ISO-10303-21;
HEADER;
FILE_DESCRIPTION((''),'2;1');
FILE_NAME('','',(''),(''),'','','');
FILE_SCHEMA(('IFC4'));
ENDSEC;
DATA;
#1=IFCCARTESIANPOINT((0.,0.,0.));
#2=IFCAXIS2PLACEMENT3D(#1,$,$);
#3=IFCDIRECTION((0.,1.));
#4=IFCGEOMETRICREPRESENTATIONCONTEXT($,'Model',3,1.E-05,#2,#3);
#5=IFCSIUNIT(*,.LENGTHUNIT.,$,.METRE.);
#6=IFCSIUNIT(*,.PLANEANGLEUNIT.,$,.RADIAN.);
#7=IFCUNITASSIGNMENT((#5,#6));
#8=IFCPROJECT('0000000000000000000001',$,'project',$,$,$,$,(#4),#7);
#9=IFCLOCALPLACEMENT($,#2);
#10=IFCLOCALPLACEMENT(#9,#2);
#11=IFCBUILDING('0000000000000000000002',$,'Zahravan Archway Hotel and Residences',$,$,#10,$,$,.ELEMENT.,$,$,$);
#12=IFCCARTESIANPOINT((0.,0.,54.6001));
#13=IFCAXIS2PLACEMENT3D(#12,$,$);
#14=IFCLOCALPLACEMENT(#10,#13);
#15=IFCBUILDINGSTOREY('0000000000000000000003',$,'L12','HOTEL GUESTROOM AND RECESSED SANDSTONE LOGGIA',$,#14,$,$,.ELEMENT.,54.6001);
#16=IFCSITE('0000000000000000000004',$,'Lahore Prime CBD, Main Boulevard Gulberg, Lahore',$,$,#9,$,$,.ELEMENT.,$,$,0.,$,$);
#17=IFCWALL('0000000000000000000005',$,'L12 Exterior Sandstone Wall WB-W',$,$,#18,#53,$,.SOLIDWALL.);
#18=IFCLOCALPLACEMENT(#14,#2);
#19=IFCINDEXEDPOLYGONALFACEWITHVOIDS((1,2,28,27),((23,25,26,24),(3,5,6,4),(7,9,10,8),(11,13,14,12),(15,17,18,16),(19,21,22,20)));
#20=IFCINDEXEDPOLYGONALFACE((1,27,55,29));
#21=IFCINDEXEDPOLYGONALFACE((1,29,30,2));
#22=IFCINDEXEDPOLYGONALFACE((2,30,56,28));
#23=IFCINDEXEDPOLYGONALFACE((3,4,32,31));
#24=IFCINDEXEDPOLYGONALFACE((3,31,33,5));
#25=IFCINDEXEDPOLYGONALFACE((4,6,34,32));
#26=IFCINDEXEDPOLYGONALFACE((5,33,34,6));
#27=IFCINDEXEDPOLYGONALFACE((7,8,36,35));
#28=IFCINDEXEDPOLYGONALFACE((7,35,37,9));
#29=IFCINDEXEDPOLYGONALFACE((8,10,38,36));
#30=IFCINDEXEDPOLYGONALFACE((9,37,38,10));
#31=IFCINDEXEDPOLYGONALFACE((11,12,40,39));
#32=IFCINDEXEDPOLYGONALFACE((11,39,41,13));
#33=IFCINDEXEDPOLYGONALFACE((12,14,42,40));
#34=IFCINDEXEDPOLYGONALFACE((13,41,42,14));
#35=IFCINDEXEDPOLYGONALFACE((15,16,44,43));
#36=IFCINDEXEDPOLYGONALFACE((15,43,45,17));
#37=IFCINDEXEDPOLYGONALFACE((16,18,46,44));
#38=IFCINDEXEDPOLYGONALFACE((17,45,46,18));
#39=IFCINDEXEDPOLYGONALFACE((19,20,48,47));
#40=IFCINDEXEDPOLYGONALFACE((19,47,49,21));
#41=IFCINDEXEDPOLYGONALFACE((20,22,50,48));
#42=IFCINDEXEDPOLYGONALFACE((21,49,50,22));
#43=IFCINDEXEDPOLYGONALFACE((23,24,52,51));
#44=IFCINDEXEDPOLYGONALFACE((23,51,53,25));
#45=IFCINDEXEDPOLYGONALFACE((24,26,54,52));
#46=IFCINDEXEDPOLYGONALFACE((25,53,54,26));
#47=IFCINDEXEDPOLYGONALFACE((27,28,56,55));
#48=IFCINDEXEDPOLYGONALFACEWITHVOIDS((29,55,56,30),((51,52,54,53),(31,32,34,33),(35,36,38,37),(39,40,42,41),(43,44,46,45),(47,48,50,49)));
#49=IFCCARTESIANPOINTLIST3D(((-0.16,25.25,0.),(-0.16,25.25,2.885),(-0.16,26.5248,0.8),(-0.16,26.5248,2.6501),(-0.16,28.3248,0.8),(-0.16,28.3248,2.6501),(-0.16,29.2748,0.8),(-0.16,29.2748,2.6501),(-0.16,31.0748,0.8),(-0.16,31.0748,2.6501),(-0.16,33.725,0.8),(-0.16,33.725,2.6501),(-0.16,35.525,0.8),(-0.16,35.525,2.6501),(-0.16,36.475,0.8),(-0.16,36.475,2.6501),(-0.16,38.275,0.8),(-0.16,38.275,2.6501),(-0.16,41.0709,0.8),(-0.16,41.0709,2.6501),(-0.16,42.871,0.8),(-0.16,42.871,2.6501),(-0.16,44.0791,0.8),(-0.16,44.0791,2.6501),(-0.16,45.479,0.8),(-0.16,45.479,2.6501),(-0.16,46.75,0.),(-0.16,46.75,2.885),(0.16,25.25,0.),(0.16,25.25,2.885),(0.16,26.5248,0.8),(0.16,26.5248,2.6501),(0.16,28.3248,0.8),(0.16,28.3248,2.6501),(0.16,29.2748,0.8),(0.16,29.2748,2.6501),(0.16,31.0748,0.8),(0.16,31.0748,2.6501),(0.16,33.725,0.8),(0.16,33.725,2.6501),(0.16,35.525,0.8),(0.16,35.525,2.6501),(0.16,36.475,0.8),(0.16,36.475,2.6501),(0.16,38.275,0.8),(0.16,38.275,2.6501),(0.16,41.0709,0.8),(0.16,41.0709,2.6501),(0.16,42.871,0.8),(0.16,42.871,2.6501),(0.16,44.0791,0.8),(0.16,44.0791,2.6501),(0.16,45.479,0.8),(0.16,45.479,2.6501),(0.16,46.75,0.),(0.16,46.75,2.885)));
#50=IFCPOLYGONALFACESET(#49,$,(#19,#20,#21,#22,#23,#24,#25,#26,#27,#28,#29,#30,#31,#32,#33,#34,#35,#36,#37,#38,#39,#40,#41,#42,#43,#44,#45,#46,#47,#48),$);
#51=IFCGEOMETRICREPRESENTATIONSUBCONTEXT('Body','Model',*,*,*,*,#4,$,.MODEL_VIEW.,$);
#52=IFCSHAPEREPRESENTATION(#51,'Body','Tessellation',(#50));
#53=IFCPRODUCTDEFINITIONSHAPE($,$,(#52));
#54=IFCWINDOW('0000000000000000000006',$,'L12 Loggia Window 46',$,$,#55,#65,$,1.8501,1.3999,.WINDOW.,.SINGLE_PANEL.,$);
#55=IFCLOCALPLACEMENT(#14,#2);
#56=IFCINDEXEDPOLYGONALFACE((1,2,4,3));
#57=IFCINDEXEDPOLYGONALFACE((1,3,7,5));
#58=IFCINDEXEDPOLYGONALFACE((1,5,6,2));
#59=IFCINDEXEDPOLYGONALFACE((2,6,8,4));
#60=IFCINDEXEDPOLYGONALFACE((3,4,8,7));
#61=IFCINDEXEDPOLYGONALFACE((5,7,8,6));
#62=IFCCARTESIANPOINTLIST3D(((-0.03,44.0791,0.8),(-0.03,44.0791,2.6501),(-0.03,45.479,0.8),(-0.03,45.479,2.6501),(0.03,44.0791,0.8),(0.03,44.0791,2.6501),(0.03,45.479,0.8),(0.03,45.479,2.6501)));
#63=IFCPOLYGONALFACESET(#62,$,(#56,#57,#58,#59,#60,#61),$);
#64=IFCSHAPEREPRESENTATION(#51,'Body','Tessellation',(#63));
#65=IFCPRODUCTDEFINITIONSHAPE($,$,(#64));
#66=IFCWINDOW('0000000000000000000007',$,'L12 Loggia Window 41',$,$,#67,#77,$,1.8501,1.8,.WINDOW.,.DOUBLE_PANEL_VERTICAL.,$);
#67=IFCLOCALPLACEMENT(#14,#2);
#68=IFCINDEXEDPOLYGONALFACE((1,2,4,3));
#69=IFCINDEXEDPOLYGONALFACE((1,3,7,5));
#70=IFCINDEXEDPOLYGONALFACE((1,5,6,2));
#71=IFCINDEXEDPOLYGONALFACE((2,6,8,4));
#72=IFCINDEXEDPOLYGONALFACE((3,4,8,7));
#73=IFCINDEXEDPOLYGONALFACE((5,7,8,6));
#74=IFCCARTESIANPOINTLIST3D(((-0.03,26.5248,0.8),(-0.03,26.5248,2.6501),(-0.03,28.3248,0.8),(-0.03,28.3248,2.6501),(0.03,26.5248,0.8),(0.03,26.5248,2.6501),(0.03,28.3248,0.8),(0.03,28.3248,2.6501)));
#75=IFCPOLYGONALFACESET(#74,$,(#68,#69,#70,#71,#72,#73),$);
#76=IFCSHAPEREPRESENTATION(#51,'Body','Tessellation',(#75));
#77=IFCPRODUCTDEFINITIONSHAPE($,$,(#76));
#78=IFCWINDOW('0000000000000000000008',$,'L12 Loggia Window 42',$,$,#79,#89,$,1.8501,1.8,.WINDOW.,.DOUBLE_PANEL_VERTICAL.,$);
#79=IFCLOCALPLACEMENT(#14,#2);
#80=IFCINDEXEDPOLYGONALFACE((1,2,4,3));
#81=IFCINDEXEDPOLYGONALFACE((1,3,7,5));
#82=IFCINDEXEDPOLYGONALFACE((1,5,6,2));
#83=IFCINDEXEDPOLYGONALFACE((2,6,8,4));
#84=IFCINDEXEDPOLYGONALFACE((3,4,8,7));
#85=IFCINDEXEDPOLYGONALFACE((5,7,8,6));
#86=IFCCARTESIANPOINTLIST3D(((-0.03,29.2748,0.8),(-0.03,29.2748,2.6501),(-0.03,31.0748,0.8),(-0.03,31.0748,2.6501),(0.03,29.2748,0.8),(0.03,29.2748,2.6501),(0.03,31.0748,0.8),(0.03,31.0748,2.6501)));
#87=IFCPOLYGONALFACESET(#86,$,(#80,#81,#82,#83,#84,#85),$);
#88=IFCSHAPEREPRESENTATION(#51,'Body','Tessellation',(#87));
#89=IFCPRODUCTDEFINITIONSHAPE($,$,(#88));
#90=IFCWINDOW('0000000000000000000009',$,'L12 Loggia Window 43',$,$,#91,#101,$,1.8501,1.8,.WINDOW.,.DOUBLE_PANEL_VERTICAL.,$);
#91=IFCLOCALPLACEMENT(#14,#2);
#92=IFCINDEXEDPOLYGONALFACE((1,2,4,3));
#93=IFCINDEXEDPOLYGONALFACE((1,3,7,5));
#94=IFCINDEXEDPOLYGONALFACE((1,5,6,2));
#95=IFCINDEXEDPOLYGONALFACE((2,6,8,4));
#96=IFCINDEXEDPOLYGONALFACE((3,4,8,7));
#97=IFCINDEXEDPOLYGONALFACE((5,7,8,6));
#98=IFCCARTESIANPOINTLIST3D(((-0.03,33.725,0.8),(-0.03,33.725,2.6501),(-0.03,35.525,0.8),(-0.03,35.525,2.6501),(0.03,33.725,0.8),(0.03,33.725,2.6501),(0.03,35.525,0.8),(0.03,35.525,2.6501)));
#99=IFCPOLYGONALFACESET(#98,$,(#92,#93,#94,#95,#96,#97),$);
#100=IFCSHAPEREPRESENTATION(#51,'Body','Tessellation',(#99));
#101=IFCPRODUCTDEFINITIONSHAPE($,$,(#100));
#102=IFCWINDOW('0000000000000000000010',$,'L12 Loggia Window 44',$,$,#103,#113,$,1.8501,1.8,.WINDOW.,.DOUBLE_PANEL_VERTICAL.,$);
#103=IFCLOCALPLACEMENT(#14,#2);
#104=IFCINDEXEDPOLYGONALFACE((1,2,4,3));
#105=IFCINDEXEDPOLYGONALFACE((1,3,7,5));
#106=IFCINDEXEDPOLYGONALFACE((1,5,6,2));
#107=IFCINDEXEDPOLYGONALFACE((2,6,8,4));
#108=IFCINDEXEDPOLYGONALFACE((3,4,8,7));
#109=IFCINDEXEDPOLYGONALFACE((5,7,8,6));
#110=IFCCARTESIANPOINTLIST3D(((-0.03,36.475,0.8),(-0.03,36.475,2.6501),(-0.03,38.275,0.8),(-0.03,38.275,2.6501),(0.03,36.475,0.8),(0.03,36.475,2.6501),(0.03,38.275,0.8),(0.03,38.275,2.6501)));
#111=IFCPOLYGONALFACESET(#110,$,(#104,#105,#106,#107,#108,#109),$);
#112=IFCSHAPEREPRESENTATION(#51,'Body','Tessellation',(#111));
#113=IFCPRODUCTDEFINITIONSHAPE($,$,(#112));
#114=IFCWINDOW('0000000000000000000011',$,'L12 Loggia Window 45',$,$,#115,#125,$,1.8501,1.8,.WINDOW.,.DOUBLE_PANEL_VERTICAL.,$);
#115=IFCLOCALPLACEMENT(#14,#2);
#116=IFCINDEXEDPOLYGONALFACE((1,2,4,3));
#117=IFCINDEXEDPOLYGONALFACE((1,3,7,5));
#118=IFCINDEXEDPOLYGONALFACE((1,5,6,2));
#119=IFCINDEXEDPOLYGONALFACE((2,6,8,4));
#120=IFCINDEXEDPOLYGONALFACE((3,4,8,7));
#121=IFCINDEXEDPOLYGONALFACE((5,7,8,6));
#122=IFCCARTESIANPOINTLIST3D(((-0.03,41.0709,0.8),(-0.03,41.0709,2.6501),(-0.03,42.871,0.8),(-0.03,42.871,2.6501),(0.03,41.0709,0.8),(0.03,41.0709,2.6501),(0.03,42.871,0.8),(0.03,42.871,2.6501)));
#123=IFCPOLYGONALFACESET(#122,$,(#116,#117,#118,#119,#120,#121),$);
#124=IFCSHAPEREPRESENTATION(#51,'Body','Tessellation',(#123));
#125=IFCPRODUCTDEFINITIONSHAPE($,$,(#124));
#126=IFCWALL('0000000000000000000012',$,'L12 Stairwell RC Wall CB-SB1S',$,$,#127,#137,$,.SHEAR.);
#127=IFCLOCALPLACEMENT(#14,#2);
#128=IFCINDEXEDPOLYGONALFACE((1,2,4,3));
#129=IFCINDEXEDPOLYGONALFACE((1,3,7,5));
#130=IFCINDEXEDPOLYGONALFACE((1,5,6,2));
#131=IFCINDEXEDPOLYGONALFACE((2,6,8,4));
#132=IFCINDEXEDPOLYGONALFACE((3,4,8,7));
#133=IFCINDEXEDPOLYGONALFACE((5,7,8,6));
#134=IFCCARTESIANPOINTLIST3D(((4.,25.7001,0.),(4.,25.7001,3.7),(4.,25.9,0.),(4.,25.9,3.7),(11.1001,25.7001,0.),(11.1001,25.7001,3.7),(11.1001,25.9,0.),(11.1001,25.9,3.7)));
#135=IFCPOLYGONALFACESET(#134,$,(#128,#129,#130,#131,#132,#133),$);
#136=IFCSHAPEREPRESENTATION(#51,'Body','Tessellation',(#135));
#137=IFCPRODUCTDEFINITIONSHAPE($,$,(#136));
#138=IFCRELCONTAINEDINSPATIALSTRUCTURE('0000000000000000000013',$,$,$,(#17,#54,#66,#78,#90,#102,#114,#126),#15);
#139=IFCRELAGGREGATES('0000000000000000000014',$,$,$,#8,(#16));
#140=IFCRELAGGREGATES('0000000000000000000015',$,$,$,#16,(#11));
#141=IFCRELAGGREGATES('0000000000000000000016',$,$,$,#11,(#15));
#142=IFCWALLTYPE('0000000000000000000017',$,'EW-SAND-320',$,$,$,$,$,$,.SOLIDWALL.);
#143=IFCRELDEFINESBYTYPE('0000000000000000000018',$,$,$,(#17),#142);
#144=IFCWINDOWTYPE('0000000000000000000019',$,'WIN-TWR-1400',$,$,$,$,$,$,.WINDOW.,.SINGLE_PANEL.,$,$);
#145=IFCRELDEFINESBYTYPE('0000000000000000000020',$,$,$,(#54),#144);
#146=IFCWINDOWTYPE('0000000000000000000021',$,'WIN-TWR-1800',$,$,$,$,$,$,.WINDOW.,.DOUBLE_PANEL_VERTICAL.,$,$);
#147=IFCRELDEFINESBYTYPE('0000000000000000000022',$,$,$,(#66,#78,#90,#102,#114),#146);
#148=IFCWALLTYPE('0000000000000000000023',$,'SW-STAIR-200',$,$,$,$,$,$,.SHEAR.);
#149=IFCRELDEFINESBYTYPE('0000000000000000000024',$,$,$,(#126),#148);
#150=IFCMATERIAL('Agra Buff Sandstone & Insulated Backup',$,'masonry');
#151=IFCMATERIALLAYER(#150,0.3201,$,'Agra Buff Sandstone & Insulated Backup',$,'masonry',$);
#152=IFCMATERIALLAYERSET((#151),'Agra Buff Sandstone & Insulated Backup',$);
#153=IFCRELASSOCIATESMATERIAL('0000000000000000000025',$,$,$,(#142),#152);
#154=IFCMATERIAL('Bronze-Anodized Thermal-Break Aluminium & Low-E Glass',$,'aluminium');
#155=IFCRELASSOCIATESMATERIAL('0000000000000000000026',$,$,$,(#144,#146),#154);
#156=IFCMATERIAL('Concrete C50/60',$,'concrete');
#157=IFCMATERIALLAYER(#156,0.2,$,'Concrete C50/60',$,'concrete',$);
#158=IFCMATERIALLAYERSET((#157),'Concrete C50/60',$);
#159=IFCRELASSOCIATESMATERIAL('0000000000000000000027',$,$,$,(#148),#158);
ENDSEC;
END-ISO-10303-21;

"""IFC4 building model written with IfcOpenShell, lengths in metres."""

from ifc_helpers import new_model, si_unit, direction, frame, frame_2d, origin, place, context, subcontext, project, spatial, rectangle, extrude, source, transform, mapped, material, layer, layer_set, type_object, type_shapes, element, fill, save


model = new_model("IFC4")

# Units and contexts
model_context = context("Model", 3, precision=1e-05, world=origin(), true_north=direction((0.0, 1.0)))
body_context = subcontext(model_context, "Body", "Model", "MODEL_VIEW")
ifc_project = project(units=[si_unit("LENGTHUNIT", "METRE"), si_unit("PLANEANGLEUNIT", "RADIAN")], contexts=[model_context])

# Site, building, storey
site_placement = place(None, origin())
site = spatial("IfcSite", under=ifc_project, at=site_placement, Name="Lahore Prime CBD, Main Boulevard Gulberg, Lahore", CompositionType="ELEMENT", RefElevation=0.0)
building_placement = place(site_placement, origin())
building = spatial("IfcBuilding", under=site, at=building_placement, Name="Zahravan Archway Hotel and Residences", CompositionType="ELEMENT")
storey_placement = place(building_placement, frame((0.0, 0.0, 54.6001)))
storey = spatial("IfcBuildingStorey", under=building, at=storey_placement, Name="L12", Description="HOTEL GUESTROOM AND RECESSED SANDSTONE LOGGIA", CompositionType="ELEMENT", Elevation=54.6001)

# Shared definitions
ifc_material_1 = material(Name="Agra Buff Sandstone & Insulated Backup", Category="masonry")
ifc_layer_1 = layer(ifc_material_1, 0.3201, Name="Agra Buff Sandstone & Insulated Backup", Category="masonry")
ifc_layer_set_1 = layer_set([ifc_layer_1], Name="Agra Buff Sandstone & Insulated Backup")
wall_type_1 = type_object("IfcWallType", Name="EW-SAND-320", PredefinedType="SOLIDWALL", material=ifc_layer_set_1)

# Wall, openings, windows
wall_1_placement = place(storey_placement, frame((0.0, 25.25, 0.0), z_axis=(0.0, 0.0, 1.0), x_axis=(0.0, 1.0, 0.0)))
wall_1 = element("IfcWall", 1, at=wall_1_placement, inside=storey, type_object=wall_type_1, Name="L12 Exterior Sandstone Wall WB-W", PredefinedType="SOLIDWALL", context=body_context, shape_type="SweptSolid", body=[
    extrude(rectangle(XDim=21.5, YDim=0.3201, at=frame_2d((10.75, 0.0))), origin(), (0.0, 0.0, 1.0), 2.885),
])
opening_1_placement = place(wall_1_placement, frame((1.2749, 0.0, 0.8)))
opening_1 = element("IfcOpeningElement", 2, at=opening_1_placement, cuts=wall_1, PredefinedType="OPENING", context=body_context, shape_type="SweptSolid", body=[
    extrude(rectangle(XDim=1.8, YDim=1.8501, at=frame_2d((0.8999, 0.925))), frame((0.0, 0.1699, 0.0), z_axis=(0.0, -1.0, 0.0), x_axis=(1.0, 0.0, 0.0)), (0.0, 0.0, 1.0), 0.3401),
])
opening_2_placement = place(wall_1_placement, frame((4.0249, 0.0, 0.8)))
opening_2 = element("IfcOpeningElement", 3, at=opening_2_placement, cuts=wall_1, PredefinedType="OPENING", context=body_context, shape_type="SweptSolid", body=[
    extrude(rectangle(XDim=1.8, YDim=1.8501, at=frame_2d((0.8999, 0.925))), frame((0.0, 0.1699, 0.0), z_axis=(0.0, -1.0, 0.0), x_axis=(1.0, 0.0, 0.0)), (0.0, 0.0, 1.0), 0.3401),
])
opening_3_placement = place(wall_1_placement, frame((8.4751, 0.0, 0.8)))
opening_3 = element("IfcOpeningElement", 4, at=opening_3_placement, cuts=wall_1, PredefinedType="OPENING", context=body_context, shape_type="SweptSolid", body=[
    extrude(rectangle(XDim=1.8, YDim=1.8501, at=frame_2d((0.8999, 0.925))), frame((0.0, 0.1699, 0.0), z_axis=(0.0, -1.0, 0.0), x_axis=(1.0, 0.0, 0.0)), (0.0, 0.0, 1.0), 0.3401),
])
opening_4_placement = place(wall_1_placement, frame((11.2251, 0.0, 0.8)))
opening_4 = element("IfcOpeningElement", 5, at=opening_4_placement, cuts=wall_1, PredefinedType="OPENING", context=body_context, shape_type="SweptSolid", body=[
    extrude(rectangle(XDim=1.8, YDim=1.8501, at=frame_2d((0.8999, 0.925))), frame((0.0, 0.1699, 0.0), z_axis=(0.0, -1.0, 0.0), x_axis=(1.0, 0.0, 0.0)), (0.0, 0.0, 1.0), 0.3401),
])
opening_5_placement = place(wall_1_placement, frame((15.821, 0.0, 0.8)))
opening_5 = element("IfcOpeningElement", 6, at=opening_5_placement, cuts=wall_1, PredefinedType="OPENING", context=body_context, shape_type="SweptSolid", body=[
    extrude(rectangle(XDim=1.8, YDim=1.8501, at=frame_2d((0.8999, 0.925))), frame((0.0, 0.1699, 0.0), z_axis=(0.0, -1.0, 0.0), x_axis=(1.0, 0.0, 0.0)), (0.0, 0.0, 1.0), 0.3401),
])
opening_6_placement = place(wall_1_placement, frame((18.8291, 0.0, 0.8)))
opening_6 = element("IfcOpeningElement", 7, at=opening_6_placement, cuts=wall_1, PredefinedType="OPENING", context=body_context, shape_type="SweptSolid", body=[
    extrude(rectangle(XDim=1.3999, YDim=1.8501, at=frame_2d((0.7, 0.925))), frame((0.0, 0.1699, 0.0), z_axis=(0.0, -1.0, 0.0), x_axis=(1.0, 0.0, 0.0)), (0.0, 0.0, 1.0), 0.3401),
])
ifc_material_2 = material(Name="Bronze-Anodized Thermal-Break Aluminium & Low-E Glass", Category="aluminium")
window_type_1 = type_object("IfcWindowType", Name="WIN-TWR-1400", PartitioningType="SINGLE_PANEL", PredefinedType="WINDOW", material=ifc_material_2)
shared_shape_1 = source(origin(), body_context, "Body", "SweptSolid", [
    extrude(rectangle(XDim=1.3999, YDim=1.8501, at=frame_2d((0.7, 0.925))), frame((0.0, 0.03, 0.0), z_axis=(0.0, -1.0, 0.0), x_axis=(1.0, 0.0, 0.0)), (0.0, 0.0, 1.0), 0.0601),
])
type_shapes(window_type_1, [shared_shape_1])
window_1_placement = place(opening_6_placement, origin())
window_1 = element("IfcWindow", 8, at=window_1_placement, inside=storey, type_object=window_type_1, Name="L12 Loggia Window 46", OverallHeight=1.8501, OverallWidth=1.3999, PartitioningType="SINGLE_PANEL", PredefinedType="WINDOW", context=body_context, shape_type="MappedRepresentation", body=[
    mapped(shared_shape_1, transform((0.0, 0.0, 0.0), scale=1.0)),
])
fill(opening_6, window_1)
window_type_2 = type_object("IfcWindowType", Name="WIN-TWR-1800", PartitioningType="DOUBLE_PANEL_VERTICAL", PredefinedType="WINDOW", material=ifc_material_2)
shared_shape_2 = source(origin(), body_context, "Body", "SweptSolid", [
    extrude(rectangle(XDim=1.8, YDim=1.8501, at=frame_2d((0.8999, 0.925))), frame((0.0, 0.03, 0.0), z_axis=(0.0, -1.0, 0.0), x_axis=(1.0, 0.0, 0.0)), (0.0, 0.0, 1.0), 0.0601),
])
type_shapes(window_type_2, [shared_shape_2])
window_2_placement = place(opening_1_placement, origin())
window_2 = element("IfcWindow", 9, at=window_2_placement, inside=storey, type_object=window_type_2, Name="L12 Loggia Window 41", OverallHeight=1.8501, OverallWidth=1.8, PartitioningType="DOUBLE_PANEL_VERTICAL", PredefinedType="WINDOW", context=body_context, shape_type="MappedRepresentation", body=[
    mapped(shared_shape_2, transform((0.0, 0.0, 0.0), scale=1.0)),
])
fill(opening_1, window_2)
window_3_placement = place(opening_2_placement, origin())
window_3 = element("IfcWindow", 10, at=window_3_placement, inside=storey, type_object=window_type_2, Name="L12 Loggia Window 42", OverallHeight=1.8501, OverallWidth=1.8, PartitioningType="DOUBLE_PANEL_VERTICAL", PredefinedType="WINDOW", context=body_context, shape_type="MappedRepresentation", body=[
    mapped(shared_shape_2, transform((0.0, 0.0, 0.0), scale=1.0)),
])
fill(opening_2, window_3)
window_4_placement = place(opening_3_placement, origin())
window_4 = element("IfcWindow", 11, at=window_4_placement, inside=storey, type_object=window_type_2, Name="L12 Loggia Window 43", OverallHeight=1.8501, OverallWidth=1.8, PartitioningType="DOUBLE_PANEL_VERTICAL", PredefinedType="WINDOW", context=body_context, shape_type="MappedRepresentation", body=[
    mapped(shared_shape_2, transform((0.0, 0.0, 0.0), scale=1.0)),
])
fill(opening_3, window_4)
window_5_placement = place(opening_4_placement, origin())
window_5 = element("IfcWindow", 12, at=window_5_placement, inside=storey, type_object=window_type_2, Name="L12 Loggia Window 44", OverallHeight=1.8501, OverallWidth=1.8, PartitioningType="DOUBLE_PANEL_VERTICAL", PredefinedType="WINDOW", context=body_context, shape_type="MappedRepresentation", body=[
    mapped(shared_shape_2, transform((0.0, 0.0, 0.0), scale=1.0)),
])
fill(opening_4, window_5)
window_6_placement = place(opening_5_placement, origin())
window_6 = element("IfcWindow", 13, at=window_6_placement, inside=storey, type_object=window_type_2, Name="L12 Loggia Window 45", OverallHeight=1.8501, OverallWidth=1.8, PartitioningType="DOUBLE_PANEL_VERTICAL", PredefinedType="WINDOW", context=body_context, shape_type="MappedRepresentation", body=[
    mapped(shared_shape_2, transform((0.0, 0.0, 0.0), scale=1.0)),
])
fill(opening_5, window_6)

# Wall
ifc_material_3 = material(Name="Concrete C50/60", Category="concrete")
ifc_layer_2 = layer(ifc_material_3, 0.2, Name="Concrete C50/60", Category="concrete")
ifc_layer_set_2 = layer_set([ifc_layer_2], Name="Concrete C50/60")
wall_type_2 = type_object("IfcWallType", Name="SW-STAIR-200", PredefinedType="SHEAR", material=ifc_layer_set_2)
wall_2_placement = place(storey_placement, frame((4.0, 25.8, 0.0), z_axis=(0.0, 0.0, 1.0), x_axis=(1.0, 0.0, 0.0)))
element("IfcWall", 14, at=wall_2_placement, inside=storey, type_object=wall_type_2, Name="L12 Stairwell RC Wall CB-SB1S", PredefinedType="SHEAR", context=body_context, shape_type="SweptSolid", body=[
    extrude(rectangle(XDim=7.1001, YDim=0.2, at=frame_2d((3.55, 0.0))), origin(), (0.0, 0.0, 1.0), 3.7),
])

save(model, "model.ifc")
